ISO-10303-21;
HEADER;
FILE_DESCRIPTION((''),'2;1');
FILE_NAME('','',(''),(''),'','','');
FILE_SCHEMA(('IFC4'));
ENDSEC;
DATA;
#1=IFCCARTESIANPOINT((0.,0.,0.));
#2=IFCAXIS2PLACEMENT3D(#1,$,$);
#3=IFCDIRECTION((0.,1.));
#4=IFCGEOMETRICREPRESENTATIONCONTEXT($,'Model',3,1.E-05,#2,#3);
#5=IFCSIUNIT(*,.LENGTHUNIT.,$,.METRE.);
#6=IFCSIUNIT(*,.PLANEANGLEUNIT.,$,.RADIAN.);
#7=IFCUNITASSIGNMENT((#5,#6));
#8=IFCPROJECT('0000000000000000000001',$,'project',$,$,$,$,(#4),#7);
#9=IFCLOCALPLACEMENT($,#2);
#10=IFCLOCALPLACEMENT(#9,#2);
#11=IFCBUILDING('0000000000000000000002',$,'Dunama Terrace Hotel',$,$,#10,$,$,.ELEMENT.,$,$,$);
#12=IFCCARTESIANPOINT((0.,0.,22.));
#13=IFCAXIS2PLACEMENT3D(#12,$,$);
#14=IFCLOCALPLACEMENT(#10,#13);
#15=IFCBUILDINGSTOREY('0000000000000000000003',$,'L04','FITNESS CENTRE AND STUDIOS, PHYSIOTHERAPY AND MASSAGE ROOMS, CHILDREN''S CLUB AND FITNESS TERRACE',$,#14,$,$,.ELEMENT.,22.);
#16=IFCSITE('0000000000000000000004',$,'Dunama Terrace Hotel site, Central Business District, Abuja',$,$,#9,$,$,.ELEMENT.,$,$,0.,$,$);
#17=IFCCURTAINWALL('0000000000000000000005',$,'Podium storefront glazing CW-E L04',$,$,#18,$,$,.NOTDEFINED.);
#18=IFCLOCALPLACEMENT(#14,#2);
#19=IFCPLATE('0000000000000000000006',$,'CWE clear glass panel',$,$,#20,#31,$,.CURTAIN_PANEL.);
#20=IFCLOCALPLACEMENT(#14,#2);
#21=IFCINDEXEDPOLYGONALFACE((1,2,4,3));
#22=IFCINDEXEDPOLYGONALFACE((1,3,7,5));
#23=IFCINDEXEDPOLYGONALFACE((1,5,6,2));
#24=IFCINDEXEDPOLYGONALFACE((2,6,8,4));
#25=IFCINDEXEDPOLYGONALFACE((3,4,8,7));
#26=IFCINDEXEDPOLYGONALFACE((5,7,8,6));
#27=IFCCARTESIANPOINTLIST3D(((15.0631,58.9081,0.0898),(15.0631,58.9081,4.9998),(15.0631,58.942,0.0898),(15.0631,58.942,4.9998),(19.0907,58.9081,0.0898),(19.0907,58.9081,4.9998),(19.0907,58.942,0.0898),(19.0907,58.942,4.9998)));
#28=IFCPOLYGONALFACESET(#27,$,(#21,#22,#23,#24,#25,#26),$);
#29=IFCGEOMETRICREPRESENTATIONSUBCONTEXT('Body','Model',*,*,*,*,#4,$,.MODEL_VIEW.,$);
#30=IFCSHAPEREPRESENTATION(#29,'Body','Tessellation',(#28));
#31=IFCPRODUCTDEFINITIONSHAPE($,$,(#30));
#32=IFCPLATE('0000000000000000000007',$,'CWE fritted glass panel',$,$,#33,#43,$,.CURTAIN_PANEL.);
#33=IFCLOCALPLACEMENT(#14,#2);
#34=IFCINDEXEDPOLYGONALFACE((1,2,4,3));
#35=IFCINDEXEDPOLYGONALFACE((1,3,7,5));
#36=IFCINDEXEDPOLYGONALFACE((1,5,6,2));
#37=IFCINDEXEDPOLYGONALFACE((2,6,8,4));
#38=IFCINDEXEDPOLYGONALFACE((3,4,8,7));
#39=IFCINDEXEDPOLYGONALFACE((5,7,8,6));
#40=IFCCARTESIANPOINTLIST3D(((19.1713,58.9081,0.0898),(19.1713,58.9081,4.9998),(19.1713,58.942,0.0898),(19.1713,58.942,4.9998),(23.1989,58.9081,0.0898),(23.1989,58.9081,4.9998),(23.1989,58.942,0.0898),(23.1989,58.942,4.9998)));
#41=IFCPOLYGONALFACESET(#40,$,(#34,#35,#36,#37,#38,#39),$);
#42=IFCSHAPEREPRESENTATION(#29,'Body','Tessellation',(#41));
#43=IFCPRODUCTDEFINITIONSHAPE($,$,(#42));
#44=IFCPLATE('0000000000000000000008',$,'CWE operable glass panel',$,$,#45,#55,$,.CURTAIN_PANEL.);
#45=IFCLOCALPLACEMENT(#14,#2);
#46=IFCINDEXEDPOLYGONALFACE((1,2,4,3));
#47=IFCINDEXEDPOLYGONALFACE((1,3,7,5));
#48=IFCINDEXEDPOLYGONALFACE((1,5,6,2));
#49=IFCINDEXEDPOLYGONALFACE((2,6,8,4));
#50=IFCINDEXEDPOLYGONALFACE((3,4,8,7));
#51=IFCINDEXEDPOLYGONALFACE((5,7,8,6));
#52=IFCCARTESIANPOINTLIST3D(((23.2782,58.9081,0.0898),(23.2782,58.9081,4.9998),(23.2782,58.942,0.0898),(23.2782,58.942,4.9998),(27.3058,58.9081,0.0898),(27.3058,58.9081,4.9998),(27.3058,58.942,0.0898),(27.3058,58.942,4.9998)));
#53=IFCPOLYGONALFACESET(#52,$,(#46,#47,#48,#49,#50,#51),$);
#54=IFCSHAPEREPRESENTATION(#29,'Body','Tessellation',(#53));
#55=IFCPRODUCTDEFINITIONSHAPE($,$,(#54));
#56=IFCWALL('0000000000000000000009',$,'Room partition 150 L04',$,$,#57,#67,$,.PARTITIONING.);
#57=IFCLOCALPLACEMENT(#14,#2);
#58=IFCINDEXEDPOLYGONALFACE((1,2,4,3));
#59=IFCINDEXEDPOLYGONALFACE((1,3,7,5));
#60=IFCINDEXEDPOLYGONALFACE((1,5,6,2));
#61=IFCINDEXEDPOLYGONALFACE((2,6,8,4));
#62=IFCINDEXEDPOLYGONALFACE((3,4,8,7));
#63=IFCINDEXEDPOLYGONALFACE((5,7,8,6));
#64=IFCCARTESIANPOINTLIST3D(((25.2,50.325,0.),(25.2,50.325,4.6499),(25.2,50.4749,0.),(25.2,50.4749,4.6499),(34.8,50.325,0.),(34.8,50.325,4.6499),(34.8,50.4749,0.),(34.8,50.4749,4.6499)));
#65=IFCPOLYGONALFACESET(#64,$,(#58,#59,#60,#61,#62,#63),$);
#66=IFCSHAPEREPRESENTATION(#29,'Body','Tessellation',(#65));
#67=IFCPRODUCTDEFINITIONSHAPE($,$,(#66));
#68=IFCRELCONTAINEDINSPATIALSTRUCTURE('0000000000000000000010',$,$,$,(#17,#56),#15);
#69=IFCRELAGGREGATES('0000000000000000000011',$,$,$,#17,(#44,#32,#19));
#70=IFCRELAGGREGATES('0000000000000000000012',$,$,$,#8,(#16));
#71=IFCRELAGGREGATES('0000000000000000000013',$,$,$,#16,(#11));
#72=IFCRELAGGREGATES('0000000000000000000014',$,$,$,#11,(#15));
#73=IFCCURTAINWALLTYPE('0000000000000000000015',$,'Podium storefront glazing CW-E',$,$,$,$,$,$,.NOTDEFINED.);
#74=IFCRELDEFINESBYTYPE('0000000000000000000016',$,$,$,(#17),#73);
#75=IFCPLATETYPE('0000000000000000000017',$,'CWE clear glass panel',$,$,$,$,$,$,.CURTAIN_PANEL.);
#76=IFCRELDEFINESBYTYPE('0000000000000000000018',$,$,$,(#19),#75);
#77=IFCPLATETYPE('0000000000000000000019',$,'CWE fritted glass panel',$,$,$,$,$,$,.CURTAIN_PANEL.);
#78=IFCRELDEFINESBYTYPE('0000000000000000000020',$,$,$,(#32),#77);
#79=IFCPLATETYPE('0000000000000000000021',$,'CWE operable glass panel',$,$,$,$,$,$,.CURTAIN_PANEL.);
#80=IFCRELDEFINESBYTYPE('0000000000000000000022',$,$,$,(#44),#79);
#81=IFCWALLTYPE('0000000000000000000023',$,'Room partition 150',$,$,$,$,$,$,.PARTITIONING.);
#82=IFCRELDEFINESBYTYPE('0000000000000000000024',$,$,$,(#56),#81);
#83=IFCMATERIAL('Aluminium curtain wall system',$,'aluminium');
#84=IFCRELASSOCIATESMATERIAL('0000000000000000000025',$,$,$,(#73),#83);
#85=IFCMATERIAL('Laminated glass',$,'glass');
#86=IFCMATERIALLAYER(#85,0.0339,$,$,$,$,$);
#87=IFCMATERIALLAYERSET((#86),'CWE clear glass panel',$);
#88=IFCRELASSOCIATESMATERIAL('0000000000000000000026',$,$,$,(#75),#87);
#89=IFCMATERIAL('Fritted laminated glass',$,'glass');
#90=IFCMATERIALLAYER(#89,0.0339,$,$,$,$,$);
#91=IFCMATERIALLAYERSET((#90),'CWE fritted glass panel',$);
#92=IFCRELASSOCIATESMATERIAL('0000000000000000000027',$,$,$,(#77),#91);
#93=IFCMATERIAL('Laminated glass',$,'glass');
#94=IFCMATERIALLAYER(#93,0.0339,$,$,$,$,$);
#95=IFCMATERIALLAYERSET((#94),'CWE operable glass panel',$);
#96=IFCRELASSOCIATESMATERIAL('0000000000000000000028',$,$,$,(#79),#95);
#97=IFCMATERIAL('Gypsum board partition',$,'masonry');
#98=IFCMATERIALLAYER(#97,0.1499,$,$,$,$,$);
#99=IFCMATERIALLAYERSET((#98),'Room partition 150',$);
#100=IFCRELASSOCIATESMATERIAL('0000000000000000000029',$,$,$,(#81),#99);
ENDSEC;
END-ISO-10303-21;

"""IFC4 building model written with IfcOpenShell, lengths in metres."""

from ifc_helpers import new_model, si_unit, direction, frame, frame_2d, origin, origin_2d, place, context, subcontext, project, spatial, rectangle, extrude, material, layer, layer_set, type_object, element, aggregate, save


model = new_model("IFC4")

# Units and contexts
model_context = context("Model", 3, precision=1e-05, world=origin(), true_north=direction((0.0, 1.0)))
body_context = subcontext(model_context, "Body", "Model", "MODEL_VIEW")
ifc_project = project(units=[si_unit("LENGTHUNIT", "METRE"), si_unit("PLANEANGLEUNIT", "RADIAN")], contexts=[model_context])

# Site, building, storey
site_placement = place(None, origin())
site = spatial("IfcSite", under=ifc_project, at=site_placement, Name="Dunama Terrace Hotel site, Central Business District, Abuja", CompositionType="ELEMENT", RefElevation=0.0)
building_placement = place(site_placement, origin())
building = spatial("IfcBuilding", under=site, at=building_placement, Name="Dunama Terrace Hotel", CompositionType="ELEMENT")
storey_placement = place(building_placement, frame((0.0, 0.0, 22.0)))
storey = spatial("IfcBuildingStorey", under=building, at=storey_placement, Name="L04", Description="FITNESS CENTRE AND STUDIOS, PHYSIOTHERAPY AND MASSAGE ROOMS, CHILDREN'S CLUB AND FITNESS TERRACE", CompositionType="ELEMENT", Elevation=22.0)

# Curtain wall
ifc_material_1 = material(Name="Aluminium curtain wall system", Category="aluminium")
curtain_wall_type = type_object("IfcCurtainWallType", Name="Podium storefront glazing CW-E", PredefinedType="NOTDEFINED", material=ifc_material_1)
curtain_wall_placement = place(storey_placement, origin())
curtain_wall = element("IfcCurtainWall", 1, at=curtain_wall_placement, inside=storey, type_object=curtain_wall_type, Name="Podium storefront glazing CW-E L04", PredefinedType="NOTDEFINED")

# Plates
ifc_material_2 = material(Name="Laminated glass", Category="glass")
ifc_layer_1 = layer(ifc_material_2, 0.0339)
ifc_layer_set_1 = layer_set([ifc_layer_1], Name="CWE clear glass panel")
plate_type_1 = type_object("IfcPlateType", Name="CWE clear glass panel", PredefinedType="CURTAIN_PANEL", material=ifc_layer_set_1)
plate_1_placement = place(storey_placement, frame((17.0769, 58.925, 0.0898), z_axis=(0.0, 0.0, 1.0), x_axis=(-1.0, 0.0, 0.0)))
plate_1 = element("IfcPlate", 2, at=plate_1_placement, type_object=plate_type_1, Name="CWE clear glass panel", PredefinedType="CURTAIN_PANEL", context=body_context, shape_type="SweptSolid", body=[
    extrude(rectangle(XDim=4.0276, YDim=0.0339, at=origin_2d()), origin(), (0.0, 0.0, 1.0), 4.9099),
])
ifc_material_3 = material(Name="Fritted laminated glass", Category="glass")
ifc_layer_2 = layer(ifc_material_3, 0.0339)
ifc_layer_set_2 = layer_set([ifc_layer_2], Name="CWE fritted glass panel")
plate_type_2 = type_object("IfcPlateType", Name="CWE fritted glass panel", PredefinedType="CURTAIN_PANEL", material=ifc_layer_set_2)
plate_2_placement = place(storey_placement, frame((21.1851, 58.925, 0.0898), z_axis=(0.0, 0.0, 1.0), x_axis=(-1.0, 0.0, 0.0)))
plate_2 = element("IfcPlate", 3, at=plate_2_placement, type_object=plate_type_2, Name="CWE fritted glass panel", PredefinedType="CURTAIN_PANEL", context=body_context, shape_type="SweptSolid", body=[
    extrude(rectangle(XDim=4.0276, YDim=0.0339, at=origin_2d()), origin(), (0.0, 0.0, 1.0), 4.9099),
])
ifc_material_4 = material(Name="Laminated glass", Category="glass")
ifc_layer_3 = layer(ifc_material_4, 0.0339)
ifc_layer_set_3 = layer_set([ifc_layer_3], Name="CWE operable glass panel")
plate_type_3 = type_object("IfcPlateType", Name="CWE operable glass panel", PredefinedType="CURTAIN_PANEL", material=ifc_layer_set_3)
plate_3_placement = place(storey_placement, frame((25.292, 58.925, 0.0898), z_axis=(0.0, 0.0, 1.0), x_axis=(-1.0, 0.0, 0.0)))
plate_3 = element("IfcPlate", 4, at=plate_3_placement, type_object=plate_type_3, Name="CWE operable glass panel", PredefinedType="CURTAIN_PANEL", context=body_context, shape_type="SweptSolid", body=[
    extrude(rectangle(XDim=4.0276, YDim=0.0339, at=origin_2d()), origin(), (0.0, 0.0, 1.0), 4.9099),
])
aggregate(curtain_wall, [plate_3, plate_2, plate_1])

# Wall
ifc_material_5 = material(Name="Gypsum board partition", Category="masonry")
ifc_layer_4 = layer(ifc_material_5, 0.1499)
ifc_layer_set_4 = layer_set([ifc_layer_4], Name="Room partition 150")
wall_type = type_object("IfcWallType", Name="Room partition 150", PredefinedType="PARTITIONING", material=ifc_layer_set_4)
wall_placement = place(storey_placement, frame((25.2, 50.3999, 0.0), z_axis=(0.0, 0.0, 1.0), x_axis=(1.0, 0.0, 0.0)))
element("IfcWall", 5, at=wall_placement, inside=storey, type_object=wall_type, Name="Room partition 150 L04", PredefinedType="PARTITIONING", context=body_context, shape_type="SweptSolid", body=[
    extrude(rectangle(XDim=9.6001, YDim=0.1499, at=frame_2d((4.8, 0.0))), origin(), (0.0, 0.0, 1.0), 4.6499),
])

save(model, "model.ifc")
